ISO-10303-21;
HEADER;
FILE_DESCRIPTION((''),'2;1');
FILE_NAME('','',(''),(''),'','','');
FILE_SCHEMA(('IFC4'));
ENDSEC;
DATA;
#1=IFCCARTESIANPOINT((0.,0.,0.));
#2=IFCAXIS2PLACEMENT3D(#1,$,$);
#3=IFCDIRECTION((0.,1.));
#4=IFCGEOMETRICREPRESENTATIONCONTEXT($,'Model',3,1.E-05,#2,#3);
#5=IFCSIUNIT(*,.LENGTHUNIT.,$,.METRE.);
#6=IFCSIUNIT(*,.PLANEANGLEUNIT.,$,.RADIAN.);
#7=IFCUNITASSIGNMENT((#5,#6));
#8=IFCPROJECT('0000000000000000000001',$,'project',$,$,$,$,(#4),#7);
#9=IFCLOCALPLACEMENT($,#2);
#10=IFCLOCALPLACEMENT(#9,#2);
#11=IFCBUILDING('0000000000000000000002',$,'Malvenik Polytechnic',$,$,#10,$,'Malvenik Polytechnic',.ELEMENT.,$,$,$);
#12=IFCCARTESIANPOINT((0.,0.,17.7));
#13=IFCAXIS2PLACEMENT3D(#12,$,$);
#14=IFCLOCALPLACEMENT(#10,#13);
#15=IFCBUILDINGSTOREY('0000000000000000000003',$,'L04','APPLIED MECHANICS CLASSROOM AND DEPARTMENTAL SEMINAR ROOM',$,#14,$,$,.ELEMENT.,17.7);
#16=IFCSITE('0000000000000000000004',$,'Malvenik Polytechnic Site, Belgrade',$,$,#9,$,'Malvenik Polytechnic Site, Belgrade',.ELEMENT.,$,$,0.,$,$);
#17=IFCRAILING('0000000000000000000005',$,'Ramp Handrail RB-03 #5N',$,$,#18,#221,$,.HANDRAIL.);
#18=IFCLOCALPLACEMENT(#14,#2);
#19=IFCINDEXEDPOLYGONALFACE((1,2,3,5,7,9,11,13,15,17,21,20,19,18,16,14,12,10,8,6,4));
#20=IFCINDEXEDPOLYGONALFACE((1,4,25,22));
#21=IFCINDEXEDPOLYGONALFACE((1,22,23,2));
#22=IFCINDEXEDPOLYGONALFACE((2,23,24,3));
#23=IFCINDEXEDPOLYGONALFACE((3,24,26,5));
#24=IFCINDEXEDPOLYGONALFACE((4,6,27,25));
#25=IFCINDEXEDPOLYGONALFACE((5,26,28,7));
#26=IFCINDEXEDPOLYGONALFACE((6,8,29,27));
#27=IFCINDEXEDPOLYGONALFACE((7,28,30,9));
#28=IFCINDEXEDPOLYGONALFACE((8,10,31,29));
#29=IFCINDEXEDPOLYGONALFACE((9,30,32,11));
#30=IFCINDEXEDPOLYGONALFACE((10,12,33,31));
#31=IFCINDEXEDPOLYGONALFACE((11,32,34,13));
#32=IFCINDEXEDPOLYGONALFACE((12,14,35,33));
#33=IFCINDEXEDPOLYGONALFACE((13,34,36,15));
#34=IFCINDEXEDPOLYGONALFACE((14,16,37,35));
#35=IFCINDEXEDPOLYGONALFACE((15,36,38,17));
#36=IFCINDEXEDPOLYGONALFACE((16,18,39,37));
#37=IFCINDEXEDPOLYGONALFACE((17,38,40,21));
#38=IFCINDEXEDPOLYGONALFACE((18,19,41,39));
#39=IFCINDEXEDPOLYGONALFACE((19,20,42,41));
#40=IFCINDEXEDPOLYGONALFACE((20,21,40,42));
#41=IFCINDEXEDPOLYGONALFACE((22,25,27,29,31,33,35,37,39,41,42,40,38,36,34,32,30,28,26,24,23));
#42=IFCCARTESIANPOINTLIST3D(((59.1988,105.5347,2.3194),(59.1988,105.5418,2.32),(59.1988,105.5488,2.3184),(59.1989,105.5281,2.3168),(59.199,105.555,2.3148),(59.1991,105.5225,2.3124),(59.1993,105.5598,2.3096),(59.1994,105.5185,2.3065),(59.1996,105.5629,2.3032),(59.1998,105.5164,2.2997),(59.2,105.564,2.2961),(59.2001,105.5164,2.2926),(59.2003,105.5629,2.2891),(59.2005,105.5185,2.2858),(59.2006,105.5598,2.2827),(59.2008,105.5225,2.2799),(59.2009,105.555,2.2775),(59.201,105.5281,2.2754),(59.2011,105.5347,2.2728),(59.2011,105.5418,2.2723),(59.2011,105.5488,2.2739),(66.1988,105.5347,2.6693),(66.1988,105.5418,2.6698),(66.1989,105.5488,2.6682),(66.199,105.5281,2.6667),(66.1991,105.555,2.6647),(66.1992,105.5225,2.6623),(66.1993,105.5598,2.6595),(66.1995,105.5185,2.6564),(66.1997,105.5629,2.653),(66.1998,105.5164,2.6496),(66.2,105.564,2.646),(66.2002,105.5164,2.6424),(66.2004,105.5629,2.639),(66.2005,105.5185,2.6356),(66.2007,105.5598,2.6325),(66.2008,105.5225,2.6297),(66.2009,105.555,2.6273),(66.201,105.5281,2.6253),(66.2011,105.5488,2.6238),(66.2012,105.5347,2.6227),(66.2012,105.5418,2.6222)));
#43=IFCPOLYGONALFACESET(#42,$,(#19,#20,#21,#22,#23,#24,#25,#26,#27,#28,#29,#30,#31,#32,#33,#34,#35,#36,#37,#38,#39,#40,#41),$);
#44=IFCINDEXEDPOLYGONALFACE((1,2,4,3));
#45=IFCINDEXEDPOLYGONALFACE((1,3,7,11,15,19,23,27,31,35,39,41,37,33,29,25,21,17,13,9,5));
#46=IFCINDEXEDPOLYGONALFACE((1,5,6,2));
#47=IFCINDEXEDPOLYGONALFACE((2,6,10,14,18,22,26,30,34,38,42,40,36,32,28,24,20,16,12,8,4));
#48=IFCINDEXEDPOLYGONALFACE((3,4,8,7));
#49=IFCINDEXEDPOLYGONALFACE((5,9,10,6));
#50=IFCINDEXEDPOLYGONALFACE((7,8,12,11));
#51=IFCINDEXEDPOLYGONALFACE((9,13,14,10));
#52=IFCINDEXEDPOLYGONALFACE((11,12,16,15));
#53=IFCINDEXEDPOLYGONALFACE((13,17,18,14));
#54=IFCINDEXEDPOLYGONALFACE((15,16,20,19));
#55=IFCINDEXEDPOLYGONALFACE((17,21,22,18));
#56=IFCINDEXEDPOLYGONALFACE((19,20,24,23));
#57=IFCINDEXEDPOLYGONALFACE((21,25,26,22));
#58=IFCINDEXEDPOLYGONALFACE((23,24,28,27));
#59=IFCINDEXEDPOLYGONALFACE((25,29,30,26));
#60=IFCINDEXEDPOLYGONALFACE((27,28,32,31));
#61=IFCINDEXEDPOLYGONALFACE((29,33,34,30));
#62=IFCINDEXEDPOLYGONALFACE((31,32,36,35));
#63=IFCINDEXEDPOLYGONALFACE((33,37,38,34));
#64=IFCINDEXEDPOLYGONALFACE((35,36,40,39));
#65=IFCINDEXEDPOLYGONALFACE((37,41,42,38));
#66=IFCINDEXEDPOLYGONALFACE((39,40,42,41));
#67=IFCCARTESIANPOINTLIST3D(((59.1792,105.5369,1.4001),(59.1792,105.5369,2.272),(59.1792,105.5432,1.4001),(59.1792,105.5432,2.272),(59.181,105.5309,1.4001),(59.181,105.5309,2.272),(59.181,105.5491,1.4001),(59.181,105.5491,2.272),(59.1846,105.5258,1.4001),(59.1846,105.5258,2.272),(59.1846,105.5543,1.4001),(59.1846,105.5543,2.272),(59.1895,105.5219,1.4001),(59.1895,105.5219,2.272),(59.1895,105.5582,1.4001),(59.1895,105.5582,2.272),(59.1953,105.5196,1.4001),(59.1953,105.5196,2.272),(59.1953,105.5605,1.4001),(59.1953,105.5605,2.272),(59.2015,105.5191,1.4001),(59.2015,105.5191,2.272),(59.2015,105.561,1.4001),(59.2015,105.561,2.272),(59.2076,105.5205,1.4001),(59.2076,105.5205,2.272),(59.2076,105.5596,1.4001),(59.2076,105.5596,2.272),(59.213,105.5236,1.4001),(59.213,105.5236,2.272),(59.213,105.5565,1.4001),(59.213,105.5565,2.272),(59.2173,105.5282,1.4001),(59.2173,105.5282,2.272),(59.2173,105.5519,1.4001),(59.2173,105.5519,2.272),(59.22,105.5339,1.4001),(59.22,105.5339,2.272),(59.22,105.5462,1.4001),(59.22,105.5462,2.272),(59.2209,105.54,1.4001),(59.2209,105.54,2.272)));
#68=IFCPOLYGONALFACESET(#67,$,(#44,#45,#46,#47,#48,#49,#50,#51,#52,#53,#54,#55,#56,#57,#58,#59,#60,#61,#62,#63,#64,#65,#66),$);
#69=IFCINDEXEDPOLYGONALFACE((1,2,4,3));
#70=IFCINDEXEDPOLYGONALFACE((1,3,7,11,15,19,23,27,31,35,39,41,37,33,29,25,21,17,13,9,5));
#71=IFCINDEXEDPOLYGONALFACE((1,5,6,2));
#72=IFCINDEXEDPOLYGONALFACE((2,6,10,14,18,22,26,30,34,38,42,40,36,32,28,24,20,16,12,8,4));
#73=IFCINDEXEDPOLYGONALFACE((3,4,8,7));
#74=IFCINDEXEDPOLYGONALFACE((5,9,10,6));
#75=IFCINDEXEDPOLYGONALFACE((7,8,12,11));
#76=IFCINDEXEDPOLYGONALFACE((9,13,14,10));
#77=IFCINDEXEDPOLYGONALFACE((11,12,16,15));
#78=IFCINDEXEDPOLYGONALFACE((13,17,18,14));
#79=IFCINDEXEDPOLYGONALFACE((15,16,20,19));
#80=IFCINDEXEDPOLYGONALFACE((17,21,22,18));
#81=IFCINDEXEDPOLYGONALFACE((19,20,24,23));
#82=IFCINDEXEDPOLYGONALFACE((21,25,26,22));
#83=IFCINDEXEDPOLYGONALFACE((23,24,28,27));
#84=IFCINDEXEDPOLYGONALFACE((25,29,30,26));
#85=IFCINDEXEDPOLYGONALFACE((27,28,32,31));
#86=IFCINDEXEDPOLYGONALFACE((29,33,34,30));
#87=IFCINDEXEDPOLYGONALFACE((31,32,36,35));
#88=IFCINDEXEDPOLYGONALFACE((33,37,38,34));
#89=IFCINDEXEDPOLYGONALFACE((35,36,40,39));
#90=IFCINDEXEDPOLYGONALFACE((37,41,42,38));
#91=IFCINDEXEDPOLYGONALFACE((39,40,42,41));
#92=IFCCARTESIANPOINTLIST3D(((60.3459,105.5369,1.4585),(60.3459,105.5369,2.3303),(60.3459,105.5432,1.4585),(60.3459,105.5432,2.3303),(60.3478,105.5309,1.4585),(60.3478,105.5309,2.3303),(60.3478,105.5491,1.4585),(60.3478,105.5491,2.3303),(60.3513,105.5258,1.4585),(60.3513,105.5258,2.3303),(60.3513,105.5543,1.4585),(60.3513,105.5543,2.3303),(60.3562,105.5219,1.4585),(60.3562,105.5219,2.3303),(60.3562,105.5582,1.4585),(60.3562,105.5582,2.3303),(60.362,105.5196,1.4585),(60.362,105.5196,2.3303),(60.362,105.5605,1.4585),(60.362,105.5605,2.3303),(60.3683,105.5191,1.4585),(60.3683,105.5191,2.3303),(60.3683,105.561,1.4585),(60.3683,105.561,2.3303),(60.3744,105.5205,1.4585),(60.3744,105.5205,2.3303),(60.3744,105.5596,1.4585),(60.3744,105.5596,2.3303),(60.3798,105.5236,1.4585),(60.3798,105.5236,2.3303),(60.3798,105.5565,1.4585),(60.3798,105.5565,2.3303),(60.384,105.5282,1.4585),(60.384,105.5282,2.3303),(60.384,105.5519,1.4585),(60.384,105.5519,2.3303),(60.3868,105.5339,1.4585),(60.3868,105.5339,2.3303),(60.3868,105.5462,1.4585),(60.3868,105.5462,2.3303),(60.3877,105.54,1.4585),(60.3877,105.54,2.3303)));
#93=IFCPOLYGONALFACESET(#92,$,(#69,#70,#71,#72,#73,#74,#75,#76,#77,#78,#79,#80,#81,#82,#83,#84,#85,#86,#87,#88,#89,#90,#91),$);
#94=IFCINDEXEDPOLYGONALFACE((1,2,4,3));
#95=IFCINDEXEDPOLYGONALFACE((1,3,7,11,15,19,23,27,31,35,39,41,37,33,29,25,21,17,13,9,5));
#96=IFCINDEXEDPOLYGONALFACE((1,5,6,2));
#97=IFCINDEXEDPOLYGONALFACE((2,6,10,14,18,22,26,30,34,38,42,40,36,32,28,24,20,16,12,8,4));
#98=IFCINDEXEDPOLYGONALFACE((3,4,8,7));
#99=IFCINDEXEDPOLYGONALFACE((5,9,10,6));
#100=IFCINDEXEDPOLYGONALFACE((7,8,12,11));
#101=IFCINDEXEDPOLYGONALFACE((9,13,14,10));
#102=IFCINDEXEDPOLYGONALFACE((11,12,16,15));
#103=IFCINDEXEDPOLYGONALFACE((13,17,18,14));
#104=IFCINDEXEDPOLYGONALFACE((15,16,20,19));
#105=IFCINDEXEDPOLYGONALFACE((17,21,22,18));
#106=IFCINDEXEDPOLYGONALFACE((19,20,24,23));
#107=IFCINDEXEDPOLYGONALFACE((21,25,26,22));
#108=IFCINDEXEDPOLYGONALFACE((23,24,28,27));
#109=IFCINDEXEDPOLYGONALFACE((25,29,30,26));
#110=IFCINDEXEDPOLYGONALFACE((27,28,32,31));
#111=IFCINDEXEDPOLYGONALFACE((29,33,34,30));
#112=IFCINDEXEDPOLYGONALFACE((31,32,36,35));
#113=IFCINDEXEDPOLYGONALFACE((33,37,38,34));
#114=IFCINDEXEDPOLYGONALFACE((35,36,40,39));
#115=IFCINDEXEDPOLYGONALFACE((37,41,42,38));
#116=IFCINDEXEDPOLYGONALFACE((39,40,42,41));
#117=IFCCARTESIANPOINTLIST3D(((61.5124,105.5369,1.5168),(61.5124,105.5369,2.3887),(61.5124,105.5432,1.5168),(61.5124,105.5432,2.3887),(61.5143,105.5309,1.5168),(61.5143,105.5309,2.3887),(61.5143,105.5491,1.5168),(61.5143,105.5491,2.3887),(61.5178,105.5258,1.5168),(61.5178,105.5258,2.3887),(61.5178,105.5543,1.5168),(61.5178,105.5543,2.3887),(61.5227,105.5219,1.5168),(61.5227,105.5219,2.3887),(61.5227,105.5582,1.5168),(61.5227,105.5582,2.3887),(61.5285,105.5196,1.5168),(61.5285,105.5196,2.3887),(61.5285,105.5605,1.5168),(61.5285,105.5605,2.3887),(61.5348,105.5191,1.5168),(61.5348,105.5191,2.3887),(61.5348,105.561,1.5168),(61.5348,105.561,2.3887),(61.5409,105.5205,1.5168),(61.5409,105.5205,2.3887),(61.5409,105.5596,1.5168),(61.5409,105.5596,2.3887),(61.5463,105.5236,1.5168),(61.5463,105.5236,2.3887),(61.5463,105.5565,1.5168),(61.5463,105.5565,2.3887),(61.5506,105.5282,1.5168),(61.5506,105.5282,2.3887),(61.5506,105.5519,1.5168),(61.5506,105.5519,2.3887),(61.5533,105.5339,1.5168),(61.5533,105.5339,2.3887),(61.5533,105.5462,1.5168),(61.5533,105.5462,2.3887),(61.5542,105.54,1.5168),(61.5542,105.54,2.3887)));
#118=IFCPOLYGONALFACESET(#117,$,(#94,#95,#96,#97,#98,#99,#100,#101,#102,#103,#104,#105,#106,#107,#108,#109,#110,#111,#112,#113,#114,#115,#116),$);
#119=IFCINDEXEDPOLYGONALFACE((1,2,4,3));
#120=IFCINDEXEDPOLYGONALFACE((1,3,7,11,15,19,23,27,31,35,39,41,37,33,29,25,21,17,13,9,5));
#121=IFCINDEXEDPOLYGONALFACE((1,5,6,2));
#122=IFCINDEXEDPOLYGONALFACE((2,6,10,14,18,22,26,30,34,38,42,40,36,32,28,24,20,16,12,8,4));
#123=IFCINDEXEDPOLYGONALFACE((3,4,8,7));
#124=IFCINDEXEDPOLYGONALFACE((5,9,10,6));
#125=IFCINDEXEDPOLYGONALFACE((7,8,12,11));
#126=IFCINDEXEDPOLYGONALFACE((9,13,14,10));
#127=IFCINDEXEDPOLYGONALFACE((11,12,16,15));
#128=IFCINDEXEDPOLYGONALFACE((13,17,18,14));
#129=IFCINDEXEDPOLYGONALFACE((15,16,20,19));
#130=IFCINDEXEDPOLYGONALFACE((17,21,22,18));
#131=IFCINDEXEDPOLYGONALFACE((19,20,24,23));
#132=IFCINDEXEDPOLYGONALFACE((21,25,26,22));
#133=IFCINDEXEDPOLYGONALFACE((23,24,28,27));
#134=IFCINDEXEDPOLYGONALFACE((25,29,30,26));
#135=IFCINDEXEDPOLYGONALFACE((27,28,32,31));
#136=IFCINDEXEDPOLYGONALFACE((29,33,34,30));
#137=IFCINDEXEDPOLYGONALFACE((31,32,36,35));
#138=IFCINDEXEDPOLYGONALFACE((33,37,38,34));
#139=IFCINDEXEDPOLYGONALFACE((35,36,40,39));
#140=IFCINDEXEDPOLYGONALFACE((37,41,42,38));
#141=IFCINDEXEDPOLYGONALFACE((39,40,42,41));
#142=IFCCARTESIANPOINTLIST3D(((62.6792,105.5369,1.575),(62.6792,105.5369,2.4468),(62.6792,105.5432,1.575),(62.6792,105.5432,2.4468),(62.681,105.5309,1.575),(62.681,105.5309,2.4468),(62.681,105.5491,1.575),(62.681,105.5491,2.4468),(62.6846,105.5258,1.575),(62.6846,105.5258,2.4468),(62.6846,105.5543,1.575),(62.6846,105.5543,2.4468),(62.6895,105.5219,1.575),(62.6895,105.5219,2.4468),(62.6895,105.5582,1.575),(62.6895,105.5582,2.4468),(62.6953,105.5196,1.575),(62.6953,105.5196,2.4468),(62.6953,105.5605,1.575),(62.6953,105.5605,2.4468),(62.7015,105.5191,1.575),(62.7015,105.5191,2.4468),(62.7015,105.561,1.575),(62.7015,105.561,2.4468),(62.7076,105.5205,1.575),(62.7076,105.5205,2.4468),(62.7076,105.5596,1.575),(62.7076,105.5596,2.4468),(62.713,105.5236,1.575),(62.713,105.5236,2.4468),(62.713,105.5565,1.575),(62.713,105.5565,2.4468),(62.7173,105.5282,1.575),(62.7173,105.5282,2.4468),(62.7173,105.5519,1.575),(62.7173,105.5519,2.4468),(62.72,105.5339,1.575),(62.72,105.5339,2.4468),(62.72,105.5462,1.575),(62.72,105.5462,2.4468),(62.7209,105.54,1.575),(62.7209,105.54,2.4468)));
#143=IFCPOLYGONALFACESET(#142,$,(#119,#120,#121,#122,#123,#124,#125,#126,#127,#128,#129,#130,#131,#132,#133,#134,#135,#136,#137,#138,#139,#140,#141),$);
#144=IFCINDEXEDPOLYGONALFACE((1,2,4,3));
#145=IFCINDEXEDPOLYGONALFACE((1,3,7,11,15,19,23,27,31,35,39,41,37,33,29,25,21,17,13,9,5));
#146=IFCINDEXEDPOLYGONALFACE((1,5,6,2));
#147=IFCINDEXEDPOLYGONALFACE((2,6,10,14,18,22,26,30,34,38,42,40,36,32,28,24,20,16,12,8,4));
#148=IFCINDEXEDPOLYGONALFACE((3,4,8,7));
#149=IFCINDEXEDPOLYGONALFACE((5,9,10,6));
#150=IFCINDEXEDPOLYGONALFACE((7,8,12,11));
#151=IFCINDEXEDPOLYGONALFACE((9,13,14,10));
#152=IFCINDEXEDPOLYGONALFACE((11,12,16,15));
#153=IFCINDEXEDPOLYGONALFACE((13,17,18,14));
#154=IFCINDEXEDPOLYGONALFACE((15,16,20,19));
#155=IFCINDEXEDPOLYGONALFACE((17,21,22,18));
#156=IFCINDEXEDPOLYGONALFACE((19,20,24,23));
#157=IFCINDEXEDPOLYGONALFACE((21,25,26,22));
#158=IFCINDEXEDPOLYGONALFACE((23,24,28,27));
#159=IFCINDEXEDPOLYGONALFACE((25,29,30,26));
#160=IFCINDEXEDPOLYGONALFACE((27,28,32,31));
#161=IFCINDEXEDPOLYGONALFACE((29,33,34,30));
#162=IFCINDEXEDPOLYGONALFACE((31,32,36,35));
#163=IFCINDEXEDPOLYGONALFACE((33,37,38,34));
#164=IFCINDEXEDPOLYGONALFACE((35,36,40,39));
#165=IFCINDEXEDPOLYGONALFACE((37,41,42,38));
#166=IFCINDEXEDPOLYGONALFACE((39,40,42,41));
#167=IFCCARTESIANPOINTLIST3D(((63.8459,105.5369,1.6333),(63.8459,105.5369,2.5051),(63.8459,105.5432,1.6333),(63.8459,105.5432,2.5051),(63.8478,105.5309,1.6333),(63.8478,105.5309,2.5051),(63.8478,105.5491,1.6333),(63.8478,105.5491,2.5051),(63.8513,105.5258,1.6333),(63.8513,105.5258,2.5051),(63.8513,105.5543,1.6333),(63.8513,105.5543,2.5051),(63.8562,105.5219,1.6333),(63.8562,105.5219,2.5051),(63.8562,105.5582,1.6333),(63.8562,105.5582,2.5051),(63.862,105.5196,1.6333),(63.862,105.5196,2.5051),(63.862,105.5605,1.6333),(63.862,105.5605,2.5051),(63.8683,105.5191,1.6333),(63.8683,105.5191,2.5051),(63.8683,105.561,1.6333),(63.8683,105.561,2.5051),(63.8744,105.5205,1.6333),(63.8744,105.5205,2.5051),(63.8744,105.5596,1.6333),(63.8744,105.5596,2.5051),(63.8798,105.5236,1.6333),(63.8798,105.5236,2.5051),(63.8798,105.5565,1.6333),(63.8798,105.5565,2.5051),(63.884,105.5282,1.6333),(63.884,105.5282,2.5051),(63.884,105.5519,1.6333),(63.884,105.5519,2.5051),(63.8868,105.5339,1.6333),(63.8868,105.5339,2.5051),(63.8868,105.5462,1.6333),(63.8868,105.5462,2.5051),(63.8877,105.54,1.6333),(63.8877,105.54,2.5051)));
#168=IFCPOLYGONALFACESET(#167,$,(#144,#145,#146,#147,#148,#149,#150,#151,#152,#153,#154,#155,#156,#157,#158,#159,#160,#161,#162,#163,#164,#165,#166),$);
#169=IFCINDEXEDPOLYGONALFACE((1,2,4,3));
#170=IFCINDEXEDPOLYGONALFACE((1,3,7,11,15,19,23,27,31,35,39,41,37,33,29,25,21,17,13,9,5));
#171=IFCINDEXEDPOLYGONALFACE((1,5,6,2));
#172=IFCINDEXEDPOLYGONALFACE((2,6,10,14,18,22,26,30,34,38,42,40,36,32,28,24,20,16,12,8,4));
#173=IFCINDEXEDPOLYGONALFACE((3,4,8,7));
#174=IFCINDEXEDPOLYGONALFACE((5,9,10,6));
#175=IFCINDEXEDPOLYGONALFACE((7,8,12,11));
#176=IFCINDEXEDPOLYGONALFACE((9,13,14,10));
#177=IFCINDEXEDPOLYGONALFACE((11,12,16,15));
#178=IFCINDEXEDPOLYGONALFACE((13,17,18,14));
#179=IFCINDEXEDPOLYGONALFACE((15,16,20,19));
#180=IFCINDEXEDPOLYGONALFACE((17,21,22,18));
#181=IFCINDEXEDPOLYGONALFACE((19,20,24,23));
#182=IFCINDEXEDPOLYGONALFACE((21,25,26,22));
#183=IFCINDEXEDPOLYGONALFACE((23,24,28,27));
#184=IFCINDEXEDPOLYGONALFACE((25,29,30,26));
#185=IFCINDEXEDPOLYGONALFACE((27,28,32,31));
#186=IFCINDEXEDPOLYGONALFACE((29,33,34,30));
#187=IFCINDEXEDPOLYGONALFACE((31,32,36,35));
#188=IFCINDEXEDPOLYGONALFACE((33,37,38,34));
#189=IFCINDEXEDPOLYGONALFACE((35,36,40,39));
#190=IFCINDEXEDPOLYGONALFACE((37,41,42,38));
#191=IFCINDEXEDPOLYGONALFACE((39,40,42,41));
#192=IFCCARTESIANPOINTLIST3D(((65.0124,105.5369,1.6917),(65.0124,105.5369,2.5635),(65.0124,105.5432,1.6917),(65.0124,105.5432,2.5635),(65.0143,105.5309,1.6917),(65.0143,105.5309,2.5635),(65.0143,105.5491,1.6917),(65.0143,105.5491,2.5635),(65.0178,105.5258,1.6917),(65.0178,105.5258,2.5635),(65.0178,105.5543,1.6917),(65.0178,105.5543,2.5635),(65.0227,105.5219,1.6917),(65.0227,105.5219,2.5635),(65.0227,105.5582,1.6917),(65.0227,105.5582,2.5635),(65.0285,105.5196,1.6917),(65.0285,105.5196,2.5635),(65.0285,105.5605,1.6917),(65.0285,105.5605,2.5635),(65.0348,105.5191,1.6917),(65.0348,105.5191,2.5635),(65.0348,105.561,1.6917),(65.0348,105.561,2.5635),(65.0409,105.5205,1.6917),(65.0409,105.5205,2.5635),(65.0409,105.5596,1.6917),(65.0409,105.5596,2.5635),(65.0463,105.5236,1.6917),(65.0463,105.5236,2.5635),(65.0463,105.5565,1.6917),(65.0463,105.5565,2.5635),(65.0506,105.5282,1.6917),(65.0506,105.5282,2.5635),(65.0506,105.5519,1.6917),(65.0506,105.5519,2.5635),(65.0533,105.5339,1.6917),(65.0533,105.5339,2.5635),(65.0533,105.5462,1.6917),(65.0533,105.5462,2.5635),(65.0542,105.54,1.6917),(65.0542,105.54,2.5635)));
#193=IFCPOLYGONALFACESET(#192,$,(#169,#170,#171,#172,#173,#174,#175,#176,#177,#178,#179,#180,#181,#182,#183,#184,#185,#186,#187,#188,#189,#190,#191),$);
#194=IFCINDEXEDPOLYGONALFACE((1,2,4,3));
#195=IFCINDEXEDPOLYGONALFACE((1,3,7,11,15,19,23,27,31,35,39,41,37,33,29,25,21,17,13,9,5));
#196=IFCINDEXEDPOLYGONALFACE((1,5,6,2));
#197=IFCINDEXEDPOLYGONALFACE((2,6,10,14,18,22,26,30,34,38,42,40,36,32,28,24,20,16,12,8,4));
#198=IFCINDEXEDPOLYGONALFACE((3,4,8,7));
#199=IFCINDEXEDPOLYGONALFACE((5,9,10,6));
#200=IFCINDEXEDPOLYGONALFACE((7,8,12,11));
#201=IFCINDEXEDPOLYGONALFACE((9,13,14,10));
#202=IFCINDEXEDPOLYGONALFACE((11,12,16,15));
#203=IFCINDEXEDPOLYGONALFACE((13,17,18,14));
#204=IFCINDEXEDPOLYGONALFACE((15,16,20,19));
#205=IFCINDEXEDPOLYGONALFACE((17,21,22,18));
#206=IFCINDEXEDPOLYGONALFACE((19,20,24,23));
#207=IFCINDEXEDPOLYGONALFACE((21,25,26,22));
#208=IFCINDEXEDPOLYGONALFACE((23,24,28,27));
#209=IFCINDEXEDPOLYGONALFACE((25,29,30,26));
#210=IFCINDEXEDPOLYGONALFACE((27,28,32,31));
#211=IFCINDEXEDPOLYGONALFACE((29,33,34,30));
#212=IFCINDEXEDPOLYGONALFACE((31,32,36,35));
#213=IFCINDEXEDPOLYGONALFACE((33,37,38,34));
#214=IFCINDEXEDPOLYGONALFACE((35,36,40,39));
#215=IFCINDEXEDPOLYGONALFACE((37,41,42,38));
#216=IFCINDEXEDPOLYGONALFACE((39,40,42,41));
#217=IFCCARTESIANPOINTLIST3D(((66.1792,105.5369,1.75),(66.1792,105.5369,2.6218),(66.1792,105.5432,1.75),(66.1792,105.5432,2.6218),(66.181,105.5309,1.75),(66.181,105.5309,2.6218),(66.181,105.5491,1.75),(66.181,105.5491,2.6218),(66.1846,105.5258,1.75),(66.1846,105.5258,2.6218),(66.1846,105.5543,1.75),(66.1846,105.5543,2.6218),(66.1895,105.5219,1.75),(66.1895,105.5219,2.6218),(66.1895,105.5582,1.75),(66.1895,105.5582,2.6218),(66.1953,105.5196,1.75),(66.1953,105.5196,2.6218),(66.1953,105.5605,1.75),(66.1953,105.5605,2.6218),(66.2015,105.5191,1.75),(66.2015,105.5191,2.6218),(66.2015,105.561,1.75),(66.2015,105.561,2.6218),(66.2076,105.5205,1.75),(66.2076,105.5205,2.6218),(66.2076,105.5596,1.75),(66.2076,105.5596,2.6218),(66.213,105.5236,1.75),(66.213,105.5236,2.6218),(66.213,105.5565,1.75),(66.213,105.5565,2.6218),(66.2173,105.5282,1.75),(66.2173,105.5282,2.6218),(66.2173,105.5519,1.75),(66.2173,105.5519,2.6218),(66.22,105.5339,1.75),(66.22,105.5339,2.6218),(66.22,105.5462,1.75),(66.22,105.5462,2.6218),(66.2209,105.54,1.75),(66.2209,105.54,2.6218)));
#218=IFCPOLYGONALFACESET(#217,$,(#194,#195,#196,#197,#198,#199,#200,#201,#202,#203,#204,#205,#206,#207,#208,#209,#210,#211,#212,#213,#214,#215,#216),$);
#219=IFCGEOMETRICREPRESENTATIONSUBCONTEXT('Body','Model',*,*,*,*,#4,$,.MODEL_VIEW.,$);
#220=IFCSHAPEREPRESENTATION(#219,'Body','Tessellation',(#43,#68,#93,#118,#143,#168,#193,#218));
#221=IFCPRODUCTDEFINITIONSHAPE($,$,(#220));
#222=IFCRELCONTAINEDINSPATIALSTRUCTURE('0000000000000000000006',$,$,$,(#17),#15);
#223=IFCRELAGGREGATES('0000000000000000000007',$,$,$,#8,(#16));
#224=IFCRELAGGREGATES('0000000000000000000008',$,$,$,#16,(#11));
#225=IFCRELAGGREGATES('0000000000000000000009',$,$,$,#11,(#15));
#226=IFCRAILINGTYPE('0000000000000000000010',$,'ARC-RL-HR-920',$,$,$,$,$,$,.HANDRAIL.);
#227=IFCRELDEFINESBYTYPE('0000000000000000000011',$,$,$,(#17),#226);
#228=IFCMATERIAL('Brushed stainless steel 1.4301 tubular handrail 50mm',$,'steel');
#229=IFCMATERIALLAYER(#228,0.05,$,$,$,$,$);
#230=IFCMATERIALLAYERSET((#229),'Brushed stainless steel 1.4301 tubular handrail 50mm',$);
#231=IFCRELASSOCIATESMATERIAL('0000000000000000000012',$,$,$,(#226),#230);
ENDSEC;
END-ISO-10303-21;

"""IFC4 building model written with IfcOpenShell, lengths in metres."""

from ifc_helpers import new_model, si_unit, direction, frame, origin, origin_2d, place, context, subcontext, project, spatial, circle, extrude, material, layer, layer_set, type_object, element, save


model = new_model("IFC4")

# Units and contexts
model_context = context("Model", 3, precision=1e-05, world=origin(), true_north=direction((0.0, 1.0)))
body_context = subcontext(model_context, "Body", "Model", "MODEL_VIEW")
ifc_project = project(units=[si_unit("LENGTHUNIT", "METRE"), si_unit("PLANEANGLEUNIT", "RADIAN")], contexts=[model_context])

# Site, building, storey
site_placement = place(None, origin())
site = spatial("IfcSite", under=ifc_project, at=site_placement, Name="Malvenik Polytechnic Site, Belgrade", LongName="Malvenik Polytechnic Site, Belgrade", CompositionType="ELEMENT", RefElevation=0.0)
building_placement = place(site_placement, origin())
building = spatial("IfcBuilding", under=site, at=building_placement, Name="Malvenik Polytechnic", LongName="Malvenik Polytechnic", CompositionType="ELEMENT")
storey_placement = place(building_placement, frame((0.0, 0.0, 17.7)))
storey = spatial("IfcBuildingStorey", under=building, at=storey_placement, Name="L04", Description="APPLIED MECHANICS CLASSROOM AND DEPARTMENTAL SEMINAR ROOM", CompositionType="ELEMENT", Elevation=17.7)

# Railing
ifc_material_1 = material(Name="Brushed stainless steel 1.4301 tubular handrail 50mm", Category="steel")
ifc_layer_1 = layer(ifc_material_1, 0.05)
ifc_layer_set_1 = layer_set([ifc_layer_1], Name="Brushed stainless steel 1.4301 tubular handrail 50mm")
railing_type_1 = type_object("IfcRailingType", Name="ARC-RL-HR-920", PredefinedType="HANDRAIL", material=ifc_layer_set_1)
railing_1_placement = place(storey_placement, frame((59.2, 105.54, 1.4001)))
element("IfcRailing", 1, at=railing_1_placement, inside=storey, type_object=railing_type_1, Name="Ramp Handrail RB-03 #5N", PredefinedType="HANDRAIL", context=body_context, shape_type="SweptSolid", body=[
    extrude(circle(Radius=0.0239, at=origin_2d()), frame((0.0, 0.0, 0.896), z_axis=(0.998753, 0.0, 0.049917), x_axis=(0.0, 1.0, 0.0)), (0.0, 0.0, 1.0), 7.0088),
    extrude(circle(Radius=0.021, at=origin_2d()), origin(), (0.0, 0.0, 1.0), 0.8718),
    extrude(circle(Radius=0.021, at=origin_2d()), frame((1.1667, 0.0, 0.0583)), (0.0, 0.0, 1.0), 0.8718),
    extrude(circle(Radius=0.021, at=origin_2d()), frame((2.3333, 0.0, 0.1167)), (0.0, 0.0, 1.0), 0.8718),
    extrude(circle(Radius=0.021, at=origin_2d()), frame((3.5, 0.0, 0.1748)), (0.0, 0.0, 1.0), 0.8718),
    extrude(circle(Radius=0.021, at=origin_2d()), frame((4.6667, 0.0, 0.2332)), (0.0, 0.0, 1.0), 0.8718),
    extrude(circle(Radius=0.021, at=origin_2d()), frame((5.8333, 0.0, 0.2915)), (0.0, 0.0, 1.0), 0.8718),
    extrude(circle(Radius=0.021, at=origin_2d()), frame((7.0, 0.0, 0.3499)), (0.0, 0.0, 1.0), 0.8718),
])

save(model, "model.ifc")
